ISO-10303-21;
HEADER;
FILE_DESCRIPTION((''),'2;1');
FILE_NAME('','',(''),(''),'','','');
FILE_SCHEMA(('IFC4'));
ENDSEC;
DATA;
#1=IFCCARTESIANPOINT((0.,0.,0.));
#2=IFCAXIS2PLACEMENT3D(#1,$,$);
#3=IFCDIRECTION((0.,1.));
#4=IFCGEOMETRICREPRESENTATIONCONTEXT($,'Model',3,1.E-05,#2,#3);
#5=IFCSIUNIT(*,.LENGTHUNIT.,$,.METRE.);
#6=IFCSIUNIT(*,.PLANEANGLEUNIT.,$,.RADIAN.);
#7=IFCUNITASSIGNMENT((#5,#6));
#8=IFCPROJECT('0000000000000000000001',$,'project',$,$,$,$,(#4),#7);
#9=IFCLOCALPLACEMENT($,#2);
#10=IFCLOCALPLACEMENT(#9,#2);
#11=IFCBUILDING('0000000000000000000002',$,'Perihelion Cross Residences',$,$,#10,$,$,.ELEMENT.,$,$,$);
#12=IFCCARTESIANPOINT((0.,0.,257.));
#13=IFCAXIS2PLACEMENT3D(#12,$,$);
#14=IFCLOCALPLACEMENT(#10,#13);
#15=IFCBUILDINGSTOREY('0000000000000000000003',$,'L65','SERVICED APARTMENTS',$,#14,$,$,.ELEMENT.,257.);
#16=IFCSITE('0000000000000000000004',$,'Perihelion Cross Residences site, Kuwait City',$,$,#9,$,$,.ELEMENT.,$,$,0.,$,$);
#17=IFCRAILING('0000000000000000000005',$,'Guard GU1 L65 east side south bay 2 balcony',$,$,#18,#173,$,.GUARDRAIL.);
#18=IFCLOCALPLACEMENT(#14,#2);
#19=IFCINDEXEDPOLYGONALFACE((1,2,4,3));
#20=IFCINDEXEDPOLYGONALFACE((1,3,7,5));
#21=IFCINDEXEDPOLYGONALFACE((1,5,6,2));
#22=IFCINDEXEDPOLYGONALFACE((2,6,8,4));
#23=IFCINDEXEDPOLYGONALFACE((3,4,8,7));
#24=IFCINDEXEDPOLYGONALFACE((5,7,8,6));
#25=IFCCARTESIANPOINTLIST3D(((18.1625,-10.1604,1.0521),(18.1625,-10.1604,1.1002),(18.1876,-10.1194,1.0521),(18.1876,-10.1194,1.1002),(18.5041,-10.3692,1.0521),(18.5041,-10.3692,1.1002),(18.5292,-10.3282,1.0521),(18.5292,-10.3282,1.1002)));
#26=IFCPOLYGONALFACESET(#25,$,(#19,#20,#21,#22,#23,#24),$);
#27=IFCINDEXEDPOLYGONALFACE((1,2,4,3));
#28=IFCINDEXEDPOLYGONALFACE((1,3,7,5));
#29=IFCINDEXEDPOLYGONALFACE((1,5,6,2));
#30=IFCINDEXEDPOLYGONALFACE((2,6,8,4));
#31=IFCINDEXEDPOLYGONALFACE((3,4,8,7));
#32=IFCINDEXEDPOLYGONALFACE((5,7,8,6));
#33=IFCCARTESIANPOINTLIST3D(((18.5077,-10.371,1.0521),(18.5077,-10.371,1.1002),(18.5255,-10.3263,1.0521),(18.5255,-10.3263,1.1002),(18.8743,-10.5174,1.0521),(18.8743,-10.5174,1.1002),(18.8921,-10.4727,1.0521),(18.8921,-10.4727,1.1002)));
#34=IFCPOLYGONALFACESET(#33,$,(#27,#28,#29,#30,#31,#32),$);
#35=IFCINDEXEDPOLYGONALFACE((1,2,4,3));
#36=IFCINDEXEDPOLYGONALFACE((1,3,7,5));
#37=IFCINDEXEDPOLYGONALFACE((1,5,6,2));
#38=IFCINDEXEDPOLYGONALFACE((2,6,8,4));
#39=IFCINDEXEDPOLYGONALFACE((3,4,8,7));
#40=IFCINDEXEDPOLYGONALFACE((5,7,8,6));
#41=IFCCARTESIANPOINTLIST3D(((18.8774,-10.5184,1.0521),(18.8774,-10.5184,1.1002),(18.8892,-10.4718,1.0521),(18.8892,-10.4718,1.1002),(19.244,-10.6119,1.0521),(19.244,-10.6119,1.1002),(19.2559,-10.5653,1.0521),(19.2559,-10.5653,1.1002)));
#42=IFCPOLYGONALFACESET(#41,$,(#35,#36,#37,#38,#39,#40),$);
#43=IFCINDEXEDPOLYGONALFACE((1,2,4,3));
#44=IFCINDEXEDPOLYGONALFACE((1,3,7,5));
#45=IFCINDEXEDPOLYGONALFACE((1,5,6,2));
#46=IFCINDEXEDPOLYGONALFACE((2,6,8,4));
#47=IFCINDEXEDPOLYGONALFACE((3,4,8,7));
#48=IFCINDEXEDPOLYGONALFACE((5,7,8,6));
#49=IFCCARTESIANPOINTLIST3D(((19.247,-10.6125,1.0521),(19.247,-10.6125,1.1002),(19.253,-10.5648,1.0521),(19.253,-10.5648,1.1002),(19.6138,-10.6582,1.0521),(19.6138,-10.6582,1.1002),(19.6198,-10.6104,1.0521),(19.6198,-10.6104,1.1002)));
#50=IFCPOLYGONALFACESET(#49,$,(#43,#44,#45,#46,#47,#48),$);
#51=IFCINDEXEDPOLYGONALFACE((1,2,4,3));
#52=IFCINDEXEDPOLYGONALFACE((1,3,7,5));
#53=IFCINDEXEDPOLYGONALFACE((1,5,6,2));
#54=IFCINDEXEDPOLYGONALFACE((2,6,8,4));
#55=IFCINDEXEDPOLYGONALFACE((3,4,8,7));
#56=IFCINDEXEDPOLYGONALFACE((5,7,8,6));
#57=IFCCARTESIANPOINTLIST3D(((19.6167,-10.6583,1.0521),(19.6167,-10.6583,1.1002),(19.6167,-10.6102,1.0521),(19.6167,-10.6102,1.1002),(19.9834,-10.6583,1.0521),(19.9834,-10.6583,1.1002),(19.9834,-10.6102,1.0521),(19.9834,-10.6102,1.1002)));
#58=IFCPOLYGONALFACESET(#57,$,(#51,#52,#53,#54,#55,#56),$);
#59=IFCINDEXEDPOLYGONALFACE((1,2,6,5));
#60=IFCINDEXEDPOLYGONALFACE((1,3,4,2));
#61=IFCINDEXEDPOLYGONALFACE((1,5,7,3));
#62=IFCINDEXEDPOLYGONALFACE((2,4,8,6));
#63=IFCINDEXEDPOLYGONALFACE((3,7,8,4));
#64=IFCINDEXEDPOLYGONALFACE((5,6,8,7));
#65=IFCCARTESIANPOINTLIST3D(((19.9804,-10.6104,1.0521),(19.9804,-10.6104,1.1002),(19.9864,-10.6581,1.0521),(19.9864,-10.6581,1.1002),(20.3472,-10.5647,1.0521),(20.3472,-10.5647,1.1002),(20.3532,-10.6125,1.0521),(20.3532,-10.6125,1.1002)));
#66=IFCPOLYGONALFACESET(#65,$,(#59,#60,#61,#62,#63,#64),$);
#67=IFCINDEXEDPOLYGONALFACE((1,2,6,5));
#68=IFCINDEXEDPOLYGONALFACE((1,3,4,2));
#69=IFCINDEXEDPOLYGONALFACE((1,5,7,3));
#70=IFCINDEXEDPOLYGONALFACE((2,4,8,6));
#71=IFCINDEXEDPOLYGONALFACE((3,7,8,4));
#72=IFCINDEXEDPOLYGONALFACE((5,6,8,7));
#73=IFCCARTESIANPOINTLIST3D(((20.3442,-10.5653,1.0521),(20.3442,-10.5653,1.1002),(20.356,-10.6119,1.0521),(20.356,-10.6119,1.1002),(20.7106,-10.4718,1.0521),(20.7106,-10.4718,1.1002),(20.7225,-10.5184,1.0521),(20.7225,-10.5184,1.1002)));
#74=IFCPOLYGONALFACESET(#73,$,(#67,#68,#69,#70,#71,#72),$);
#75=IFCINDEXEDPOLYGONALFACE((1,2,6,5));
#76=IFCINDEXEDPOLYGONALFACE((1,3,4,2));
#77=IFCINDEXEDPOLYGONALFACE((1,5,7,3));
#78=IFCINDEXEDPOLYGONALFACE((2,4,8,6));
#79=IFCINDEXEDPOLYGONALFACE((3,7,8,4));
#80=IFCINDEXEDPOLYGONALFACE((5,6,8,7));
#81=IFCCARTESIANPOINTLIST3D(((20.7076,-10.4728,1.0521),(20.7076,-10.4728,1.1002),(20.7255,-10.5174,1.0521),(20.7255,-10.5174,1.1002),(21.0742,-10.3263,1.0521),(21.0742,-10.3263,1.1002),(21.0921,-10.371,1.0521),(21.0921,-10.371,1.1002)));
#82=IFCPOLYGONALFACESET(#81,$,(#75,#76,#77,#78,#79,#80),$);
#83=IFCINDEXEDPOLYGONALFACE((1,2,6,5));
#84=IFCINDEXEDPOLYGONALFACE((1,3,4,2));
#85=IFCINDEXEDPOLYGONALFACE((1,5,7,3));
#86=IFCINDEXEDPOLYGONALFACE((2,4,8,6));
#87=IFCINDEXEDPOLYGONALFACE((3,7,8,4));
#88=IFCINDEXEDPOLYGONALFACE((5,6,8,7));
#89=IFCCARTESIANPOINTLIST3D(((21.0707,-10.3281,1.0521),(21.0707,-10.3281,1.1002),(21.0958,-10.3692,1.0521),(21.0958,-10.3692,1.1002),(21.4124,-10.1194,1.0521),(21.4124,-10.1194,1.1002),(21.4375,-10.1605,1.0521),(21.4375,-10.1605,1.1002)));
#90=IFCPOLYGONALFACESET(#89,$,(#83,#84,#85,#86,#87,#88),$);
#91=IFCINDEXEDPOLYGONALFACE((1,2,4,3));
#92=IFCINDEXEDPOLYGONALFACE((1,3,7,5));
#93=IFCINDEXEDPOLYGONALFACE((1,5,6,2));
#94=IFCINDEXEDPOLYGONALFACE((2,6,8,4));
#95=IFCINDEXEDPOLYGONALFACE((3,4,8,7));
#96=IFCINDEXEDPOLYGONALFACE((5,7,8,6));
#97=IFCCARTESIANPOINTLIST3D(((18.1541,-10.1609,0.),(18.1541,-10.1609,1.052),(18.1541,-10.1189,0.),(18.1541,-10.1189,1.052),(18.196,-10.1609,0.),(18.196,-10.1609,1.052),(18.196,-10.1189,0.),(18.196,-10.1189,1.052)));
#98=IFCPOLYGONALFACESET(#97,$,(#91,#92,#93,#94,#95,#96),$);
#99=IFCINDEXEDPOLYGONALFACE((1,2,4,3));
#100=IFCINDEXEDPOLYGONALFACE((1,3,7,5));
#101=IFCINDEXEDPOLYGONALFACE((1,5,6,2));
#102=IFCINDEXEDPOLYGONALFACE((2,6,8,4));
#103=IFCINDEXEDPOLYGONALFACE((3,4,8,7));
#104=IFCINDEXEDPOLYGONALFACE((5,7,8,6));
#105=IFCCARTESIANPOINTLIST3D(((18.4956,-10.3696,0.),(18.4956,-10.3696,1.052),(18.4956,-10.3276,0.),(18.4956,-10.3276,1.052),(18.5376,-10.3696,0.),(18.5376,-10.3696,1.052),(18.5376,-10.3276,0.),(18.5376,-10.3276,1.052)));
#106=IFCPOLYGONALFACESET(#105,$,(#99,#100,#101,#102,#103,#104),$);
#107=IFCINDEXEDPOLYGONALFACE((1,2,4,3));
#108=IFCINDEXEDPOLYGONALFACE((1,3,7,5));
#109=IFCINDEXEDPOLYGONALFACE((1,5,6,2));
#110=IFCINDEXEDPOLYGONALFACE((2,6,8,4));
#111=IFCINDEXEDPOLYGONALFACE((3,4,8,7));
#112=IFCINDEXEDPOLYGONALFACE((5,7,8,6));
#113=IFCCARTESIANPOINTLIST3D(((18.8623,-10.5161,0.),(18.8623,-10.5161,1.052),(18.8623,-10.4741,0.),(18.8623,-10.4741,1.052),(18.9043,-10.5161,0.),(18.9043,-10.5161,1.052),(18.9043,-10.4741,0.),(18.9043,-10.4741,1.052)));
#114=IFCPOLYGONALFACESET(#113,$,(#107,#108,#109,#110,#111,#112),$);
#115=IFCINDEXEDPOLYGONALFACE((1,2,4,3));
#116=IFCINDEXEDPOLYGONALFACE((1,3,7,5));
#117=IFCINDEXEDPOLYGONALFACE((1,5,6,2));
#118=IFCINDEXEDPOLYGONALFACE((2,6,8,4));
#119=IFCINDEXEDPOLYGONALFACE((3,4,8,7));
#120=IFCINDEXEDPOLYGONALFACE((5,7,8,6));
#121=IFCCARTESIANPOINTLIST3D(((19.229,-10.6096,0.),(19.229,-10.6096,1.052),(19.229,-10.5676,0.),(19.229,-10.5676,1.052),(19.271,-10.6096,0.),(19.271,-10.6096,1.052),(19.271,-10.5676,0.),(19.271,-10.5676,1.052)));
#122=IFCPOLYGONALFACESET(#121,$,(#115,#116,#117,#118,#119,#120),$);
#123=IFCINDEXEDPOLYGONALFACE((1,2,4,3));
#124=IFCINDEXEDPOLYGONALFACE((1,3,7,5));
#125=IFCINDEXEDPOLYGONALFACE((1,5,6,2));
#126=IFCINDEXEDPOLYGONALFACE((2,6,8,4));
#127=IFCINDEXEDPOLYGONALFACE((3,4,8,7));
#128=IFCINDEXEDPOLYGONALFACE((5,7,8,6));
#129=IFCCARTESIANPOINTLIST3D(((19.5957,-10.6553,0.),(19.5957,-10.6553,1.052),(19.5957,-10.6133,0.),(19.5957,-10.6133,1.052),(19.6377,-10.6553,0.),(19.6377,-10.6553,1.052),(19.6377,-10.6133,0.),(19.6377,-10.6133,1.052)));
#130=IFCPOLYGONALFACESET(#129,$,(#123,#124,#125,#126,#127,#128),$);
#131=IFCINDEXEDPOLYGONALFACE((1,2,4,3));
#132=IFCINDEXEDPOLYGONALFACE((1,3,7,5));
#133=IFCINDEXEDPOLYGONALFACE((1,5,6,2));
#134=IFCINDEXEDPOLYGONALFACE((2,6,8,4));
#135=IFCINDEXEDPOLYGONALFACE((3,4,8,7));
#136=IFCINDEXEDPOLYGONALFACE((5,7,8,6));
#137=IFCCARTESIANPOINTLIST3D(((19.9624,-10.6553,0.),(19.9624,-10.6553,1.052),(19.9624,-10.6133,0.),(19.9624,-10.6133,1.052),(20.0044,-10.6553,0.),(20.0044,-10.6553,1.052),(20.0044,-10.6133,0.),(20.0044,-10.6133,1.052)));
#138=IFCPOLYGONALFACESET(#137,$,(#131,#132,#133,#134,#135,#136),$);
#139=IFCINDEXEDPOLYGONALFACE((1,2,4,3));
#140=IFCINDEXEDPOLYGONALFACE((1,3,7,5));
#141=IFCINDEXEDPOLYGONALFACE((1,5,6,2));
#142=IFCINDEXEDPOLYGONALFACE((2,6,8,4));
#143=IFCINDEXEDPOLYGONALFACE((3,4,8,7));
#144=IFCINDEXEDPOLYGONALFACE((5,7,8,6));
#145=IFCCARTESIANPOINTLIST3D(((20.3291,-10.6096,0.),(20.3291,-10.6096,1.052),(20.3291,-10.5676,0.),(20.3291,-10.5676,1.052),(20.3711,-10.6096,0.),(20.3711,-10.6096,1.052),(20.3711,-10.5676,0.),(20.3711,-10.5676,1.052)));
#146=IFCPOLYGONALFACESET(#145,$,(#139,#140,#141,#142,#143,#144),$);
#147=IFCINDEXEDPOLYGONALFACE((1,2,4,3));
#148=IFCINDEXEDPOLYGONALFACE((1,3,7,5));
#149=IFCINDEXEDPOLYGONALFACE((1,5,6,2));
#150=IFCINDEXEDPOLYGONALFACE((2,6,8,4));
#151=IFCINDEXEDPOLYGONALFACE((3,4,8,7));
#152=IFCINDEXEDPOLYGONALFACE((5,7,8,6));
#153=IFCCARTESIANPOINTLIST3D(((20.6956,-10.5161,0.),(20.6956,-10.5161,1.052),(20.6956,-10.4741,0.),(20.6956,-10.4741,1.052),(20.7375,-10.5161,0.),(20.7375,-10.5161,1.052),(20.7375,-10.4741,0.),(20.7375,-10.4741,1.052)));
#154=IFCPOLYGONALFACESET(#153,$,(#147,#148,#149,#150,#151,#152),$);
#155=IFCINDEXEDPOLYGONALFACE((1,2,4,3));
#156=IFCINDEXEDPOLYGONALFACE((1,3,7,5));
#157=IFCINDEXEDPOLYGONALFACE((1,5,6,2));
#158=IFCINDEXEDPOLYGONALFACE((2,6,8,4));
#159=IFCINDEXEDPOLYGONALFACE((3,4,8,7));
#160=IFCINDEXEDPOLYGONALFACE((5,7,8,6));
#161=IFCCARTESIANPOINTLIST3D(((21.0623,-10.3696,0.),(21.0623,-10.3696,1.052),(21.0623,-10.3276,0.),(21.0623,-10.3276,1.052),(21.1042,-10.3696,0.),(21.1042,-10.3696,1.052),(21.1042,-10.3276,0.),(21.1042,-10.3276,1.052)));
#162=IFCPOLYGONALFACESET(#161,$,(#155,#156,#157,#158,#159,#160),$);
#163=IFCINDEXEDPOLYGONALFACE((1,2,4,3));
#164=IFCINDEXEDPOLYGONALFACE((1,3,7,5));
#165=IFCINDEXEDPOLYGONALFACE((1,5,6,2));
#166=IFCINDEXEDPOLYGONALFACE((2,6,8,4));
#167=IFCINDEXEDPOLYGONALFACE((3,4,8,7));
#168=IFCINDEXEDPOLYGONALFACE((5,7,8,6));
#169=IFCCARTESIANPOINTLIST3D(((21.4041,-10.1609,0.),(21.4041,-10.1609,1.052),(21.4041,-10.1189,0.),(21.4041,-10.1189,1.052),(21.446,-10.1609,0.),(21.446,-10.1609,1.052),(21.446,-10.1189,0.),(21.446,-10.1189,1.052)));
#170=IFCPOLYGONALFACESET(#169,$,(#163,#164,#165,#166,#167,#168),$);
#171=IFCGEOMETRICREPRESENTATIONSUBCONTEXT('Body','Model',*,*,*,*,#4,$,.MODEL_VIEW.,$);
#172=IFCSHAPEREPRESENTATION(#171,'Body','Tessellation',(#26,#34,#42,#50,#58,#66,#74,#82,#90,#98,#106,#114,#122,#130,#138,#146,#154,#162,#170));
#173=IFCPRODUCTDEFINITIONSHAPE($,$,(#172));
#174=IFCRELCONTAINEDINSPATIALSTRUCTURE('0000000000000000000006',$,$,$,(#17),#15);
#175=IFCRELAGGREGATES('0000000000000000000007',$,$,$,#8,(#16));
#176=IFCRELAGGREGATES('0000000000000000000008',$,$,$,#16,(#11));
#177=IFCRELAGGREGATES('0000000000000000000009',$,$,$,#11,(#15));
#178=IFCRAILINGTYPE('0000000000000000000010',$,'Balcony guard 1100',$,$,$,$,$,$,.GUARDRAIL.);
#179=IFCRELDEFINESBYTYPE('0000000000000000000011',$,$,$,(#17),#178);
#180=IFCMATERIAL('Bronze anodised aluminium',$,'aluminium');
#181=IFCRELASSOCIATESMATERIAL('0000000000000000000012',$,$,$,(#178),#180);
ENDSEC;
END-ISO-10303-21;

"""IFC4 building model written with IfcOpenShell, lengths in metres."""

from ifc_helpers import new_model, si_unit, direction, frame, origin, origin_2d, place, context, subcontext, project, spatial, rectangle, extrude, material, type_object, element, save


model = new_model("IFC4")

# Units and contexts
model_context = context("Model", 3, precision=1e-05, world=origin(), true_north=direction((0.0, 1.0)))
body_context = subcontext(model_context, "Body", "Model", "MODEL_VIEW")
ifc_project = project(units=[si_unit("LENGTHUNIT", "METRE"), si_unit("PLANEANGLEUNIT", "RADIAN")], contexts=[model_context])

# Site, building, storey
site_placement = place(None, origin())
site = spatial("IfcSite", under=ifc_project, at=site_placement, Name="Perihelion Cross Residences site, Kuwait City", CompositionType="ELEMENT", RefElevation=0.0)
building_placement = place(site_placement, origin())
building = spatial("IfcBuilding", under=site, at=building_placement, Name="Perihelion Cross Residences", CompositionType="ELEMENT")
storey_placement = place(building_placement, frame((0.0, 0.0, 257.0)))
storey = spatial("IfcBuildingStorey", under=building, at=storey_placement, Name="L65", Description="SERVICED APARTMENTS", CompositionType="ELEMENT", Elevation=257.0)

# Railing
ifc_material_1 = material(Name="Bronze anodised aluminium", Category="aluminium")
railing_type = type_object("IfcRailingType", Name="Balcony guard 1100", PredefinedType="GUARDRAIL", material=ifc_material_1)
railing_placement = place(storey_placement, frame((18.175, -10.1399, 0.0)))
element("IfcRailing", 1, at=railing_placement, inside=storey, type_object=railing_type, Name="Guard GU1 L65 east side south bay 2 balcony", PredefinedType="GUARDRAIL", context=body_context, shape_type="SweptSolid", body=[
    extrude(rectangle(XDim=0.0481, YDim=0.0481, at=origin_2d()), frame((0.0, 0.0, 1.0762), z_axis=(0.853267, -0.521475, 0.0), x_axis=(0.521475, 0.853267, 0.0)), (0.0, 0.0, 1.0), 0.4004),
    extrude(rectangle(XDim=0.0481, YDim=0.0481, at=origin_2d()), frame((0.3416, -0.2087, 1.0762), z_axis=(0.928647, -0.370964, 0.0), x_axis=(0.370964, 0.928647, 0.0)), (0.0, 0.0, 1.0), 0.3948),
    extrude(rectangle(XDim=0.0481, YDim=0.0481, at=origin_2d()), frame((0.7083, -0.3552, 1.0762), z_axis=(0.968993, -0.247087, 0.0), x_axis=(0.247087, 0.968993, 0.0)), (0.0, 0.0, 1.0), 0.3784),
    extrude(rectangle(XDim=0.0481, YDim=0.0481, at=origin_2d()), frame((1.075, -0.4487, 1.0762), z_axis=(0.992339, -0.123547, 0.0), x_axis=(0.123547, 0.992339, 0.0)), (0.0, 0.0, 1.0), 0.3696),
    extrude(rectangle(XDim=0.0481, YDim=0.0481, at=origin_2d()), frame((1.4417, -0.4944, 1.0762), z_axis=(1.0, 0.0, 0.0), x_axis=(0.0, 1.0, 0.0)), (0.0, 0.0, 1.0), 0.3667),
    extrude(rectangle(XDim=0.0481, YDim=0.0481, at=origin_2d()), frame((1.8083, -0.4944, 1.0762), z_axis=(0.992339, 0.123547, 0.0), x_axis=(-0.123547, 0.992339, 0.0)), (0.0, 0.0, 1.0), 0.3696),
    extrude(rectangle(XDim=0.0481, YDim=0.0481, at=origin_2d()), frame((2.175, -0.4487, 1.0762), z_axis=(0.968954, 0.247241, 0.0), x_axis=(-0.247241, 0.968954, 0.0)), (0.0, 0.0, 1.0), 0.3782),
    extrude(rectangle(XDim=0.0481, YDim=0.0481, at=origin_2d()), frame((2.5415, -0.3552, 1.0762), z_axis=(0.928647, 0.370964, 0.0), x_axis=(-0.370964, 0.928647, 0.0)), (0.0, 0.0, 1.0), 0.3948),
    extrude(rectangle(XDim=0.0481, YDim=0.0481, at=origin_2d()), frame((2.9082, -0.2087, 1.0762), z_axis=(0.853432, 0.521203, 0.0), x_axis=(-0.521203, 0.853432, 0.0)), (0.0, 0.0, 1.0), 0.4004),
    extrude(rectangle(XDim=0.042, YDim=0.042, at=origin_2d()), origin(), (0.0, 0.0, 1.0), 1.052),
    extrude(rectangle(XDim=0.042, YDim=0.042, at=origin_2d()), frame((0.3416, -0.2087, 0.0)), (0.0, 0.0, 1.0), 1.052),
    extrude(rectangle(XDim=0.042, YDim=0.042, at=origin_2d()), frame((0.7083, -0.3552, 0.0)), (0.0, 0.0, 1.0), 1.052),
    extrude(rectangle(XDim=0.042, YDim=0.042, at=origin_2d()), frame((1.075, -0.4487, 0.0)), (0.0, 0.0, 1.0), 1.052),
    extrude(rectangle(XDim=0.042, YDim=0.042, at=origin_2d()), frame((1.4417, -0.4944, 0.0)), (0.0, 0.0, 1.0), 1.052),
    extrude(rectangle(XDim=0.042, YDim=0.042, at=origin_2d()), frame((1.8083, -0.4944, 0.0)), (0.0, 0.0, 1.0), 1.052),
    extrude(rectangle(XDim=0.042, YDim=0.042, at=origin_2d()), frame((2.175, -0.4487, 0.0)), (0.0, 0.0, 1.0), 1.052),
    extrude(rectangle(XDim=0.042, YDim=0.042, at=origin_2d()), frame((2.5415, -0.3552, 0.0)), (0.0, 0.0, 1.0), 1.052),
    extrude(rectangle(XDim=0.042, YDim=0.042, at=origin_2d()), frame((2.9082, -0.2087, 0.0)), (0.0, 0.0, 1.0), 1.052),
    extrude(rectangle(XDim=0.042, YDim=0.042, at=origin_2d()), frame((3.25, 0.0, 0.0)), (0.0, 0.0, 1.0), 1.052),
])

save(model, "model.ifc")
